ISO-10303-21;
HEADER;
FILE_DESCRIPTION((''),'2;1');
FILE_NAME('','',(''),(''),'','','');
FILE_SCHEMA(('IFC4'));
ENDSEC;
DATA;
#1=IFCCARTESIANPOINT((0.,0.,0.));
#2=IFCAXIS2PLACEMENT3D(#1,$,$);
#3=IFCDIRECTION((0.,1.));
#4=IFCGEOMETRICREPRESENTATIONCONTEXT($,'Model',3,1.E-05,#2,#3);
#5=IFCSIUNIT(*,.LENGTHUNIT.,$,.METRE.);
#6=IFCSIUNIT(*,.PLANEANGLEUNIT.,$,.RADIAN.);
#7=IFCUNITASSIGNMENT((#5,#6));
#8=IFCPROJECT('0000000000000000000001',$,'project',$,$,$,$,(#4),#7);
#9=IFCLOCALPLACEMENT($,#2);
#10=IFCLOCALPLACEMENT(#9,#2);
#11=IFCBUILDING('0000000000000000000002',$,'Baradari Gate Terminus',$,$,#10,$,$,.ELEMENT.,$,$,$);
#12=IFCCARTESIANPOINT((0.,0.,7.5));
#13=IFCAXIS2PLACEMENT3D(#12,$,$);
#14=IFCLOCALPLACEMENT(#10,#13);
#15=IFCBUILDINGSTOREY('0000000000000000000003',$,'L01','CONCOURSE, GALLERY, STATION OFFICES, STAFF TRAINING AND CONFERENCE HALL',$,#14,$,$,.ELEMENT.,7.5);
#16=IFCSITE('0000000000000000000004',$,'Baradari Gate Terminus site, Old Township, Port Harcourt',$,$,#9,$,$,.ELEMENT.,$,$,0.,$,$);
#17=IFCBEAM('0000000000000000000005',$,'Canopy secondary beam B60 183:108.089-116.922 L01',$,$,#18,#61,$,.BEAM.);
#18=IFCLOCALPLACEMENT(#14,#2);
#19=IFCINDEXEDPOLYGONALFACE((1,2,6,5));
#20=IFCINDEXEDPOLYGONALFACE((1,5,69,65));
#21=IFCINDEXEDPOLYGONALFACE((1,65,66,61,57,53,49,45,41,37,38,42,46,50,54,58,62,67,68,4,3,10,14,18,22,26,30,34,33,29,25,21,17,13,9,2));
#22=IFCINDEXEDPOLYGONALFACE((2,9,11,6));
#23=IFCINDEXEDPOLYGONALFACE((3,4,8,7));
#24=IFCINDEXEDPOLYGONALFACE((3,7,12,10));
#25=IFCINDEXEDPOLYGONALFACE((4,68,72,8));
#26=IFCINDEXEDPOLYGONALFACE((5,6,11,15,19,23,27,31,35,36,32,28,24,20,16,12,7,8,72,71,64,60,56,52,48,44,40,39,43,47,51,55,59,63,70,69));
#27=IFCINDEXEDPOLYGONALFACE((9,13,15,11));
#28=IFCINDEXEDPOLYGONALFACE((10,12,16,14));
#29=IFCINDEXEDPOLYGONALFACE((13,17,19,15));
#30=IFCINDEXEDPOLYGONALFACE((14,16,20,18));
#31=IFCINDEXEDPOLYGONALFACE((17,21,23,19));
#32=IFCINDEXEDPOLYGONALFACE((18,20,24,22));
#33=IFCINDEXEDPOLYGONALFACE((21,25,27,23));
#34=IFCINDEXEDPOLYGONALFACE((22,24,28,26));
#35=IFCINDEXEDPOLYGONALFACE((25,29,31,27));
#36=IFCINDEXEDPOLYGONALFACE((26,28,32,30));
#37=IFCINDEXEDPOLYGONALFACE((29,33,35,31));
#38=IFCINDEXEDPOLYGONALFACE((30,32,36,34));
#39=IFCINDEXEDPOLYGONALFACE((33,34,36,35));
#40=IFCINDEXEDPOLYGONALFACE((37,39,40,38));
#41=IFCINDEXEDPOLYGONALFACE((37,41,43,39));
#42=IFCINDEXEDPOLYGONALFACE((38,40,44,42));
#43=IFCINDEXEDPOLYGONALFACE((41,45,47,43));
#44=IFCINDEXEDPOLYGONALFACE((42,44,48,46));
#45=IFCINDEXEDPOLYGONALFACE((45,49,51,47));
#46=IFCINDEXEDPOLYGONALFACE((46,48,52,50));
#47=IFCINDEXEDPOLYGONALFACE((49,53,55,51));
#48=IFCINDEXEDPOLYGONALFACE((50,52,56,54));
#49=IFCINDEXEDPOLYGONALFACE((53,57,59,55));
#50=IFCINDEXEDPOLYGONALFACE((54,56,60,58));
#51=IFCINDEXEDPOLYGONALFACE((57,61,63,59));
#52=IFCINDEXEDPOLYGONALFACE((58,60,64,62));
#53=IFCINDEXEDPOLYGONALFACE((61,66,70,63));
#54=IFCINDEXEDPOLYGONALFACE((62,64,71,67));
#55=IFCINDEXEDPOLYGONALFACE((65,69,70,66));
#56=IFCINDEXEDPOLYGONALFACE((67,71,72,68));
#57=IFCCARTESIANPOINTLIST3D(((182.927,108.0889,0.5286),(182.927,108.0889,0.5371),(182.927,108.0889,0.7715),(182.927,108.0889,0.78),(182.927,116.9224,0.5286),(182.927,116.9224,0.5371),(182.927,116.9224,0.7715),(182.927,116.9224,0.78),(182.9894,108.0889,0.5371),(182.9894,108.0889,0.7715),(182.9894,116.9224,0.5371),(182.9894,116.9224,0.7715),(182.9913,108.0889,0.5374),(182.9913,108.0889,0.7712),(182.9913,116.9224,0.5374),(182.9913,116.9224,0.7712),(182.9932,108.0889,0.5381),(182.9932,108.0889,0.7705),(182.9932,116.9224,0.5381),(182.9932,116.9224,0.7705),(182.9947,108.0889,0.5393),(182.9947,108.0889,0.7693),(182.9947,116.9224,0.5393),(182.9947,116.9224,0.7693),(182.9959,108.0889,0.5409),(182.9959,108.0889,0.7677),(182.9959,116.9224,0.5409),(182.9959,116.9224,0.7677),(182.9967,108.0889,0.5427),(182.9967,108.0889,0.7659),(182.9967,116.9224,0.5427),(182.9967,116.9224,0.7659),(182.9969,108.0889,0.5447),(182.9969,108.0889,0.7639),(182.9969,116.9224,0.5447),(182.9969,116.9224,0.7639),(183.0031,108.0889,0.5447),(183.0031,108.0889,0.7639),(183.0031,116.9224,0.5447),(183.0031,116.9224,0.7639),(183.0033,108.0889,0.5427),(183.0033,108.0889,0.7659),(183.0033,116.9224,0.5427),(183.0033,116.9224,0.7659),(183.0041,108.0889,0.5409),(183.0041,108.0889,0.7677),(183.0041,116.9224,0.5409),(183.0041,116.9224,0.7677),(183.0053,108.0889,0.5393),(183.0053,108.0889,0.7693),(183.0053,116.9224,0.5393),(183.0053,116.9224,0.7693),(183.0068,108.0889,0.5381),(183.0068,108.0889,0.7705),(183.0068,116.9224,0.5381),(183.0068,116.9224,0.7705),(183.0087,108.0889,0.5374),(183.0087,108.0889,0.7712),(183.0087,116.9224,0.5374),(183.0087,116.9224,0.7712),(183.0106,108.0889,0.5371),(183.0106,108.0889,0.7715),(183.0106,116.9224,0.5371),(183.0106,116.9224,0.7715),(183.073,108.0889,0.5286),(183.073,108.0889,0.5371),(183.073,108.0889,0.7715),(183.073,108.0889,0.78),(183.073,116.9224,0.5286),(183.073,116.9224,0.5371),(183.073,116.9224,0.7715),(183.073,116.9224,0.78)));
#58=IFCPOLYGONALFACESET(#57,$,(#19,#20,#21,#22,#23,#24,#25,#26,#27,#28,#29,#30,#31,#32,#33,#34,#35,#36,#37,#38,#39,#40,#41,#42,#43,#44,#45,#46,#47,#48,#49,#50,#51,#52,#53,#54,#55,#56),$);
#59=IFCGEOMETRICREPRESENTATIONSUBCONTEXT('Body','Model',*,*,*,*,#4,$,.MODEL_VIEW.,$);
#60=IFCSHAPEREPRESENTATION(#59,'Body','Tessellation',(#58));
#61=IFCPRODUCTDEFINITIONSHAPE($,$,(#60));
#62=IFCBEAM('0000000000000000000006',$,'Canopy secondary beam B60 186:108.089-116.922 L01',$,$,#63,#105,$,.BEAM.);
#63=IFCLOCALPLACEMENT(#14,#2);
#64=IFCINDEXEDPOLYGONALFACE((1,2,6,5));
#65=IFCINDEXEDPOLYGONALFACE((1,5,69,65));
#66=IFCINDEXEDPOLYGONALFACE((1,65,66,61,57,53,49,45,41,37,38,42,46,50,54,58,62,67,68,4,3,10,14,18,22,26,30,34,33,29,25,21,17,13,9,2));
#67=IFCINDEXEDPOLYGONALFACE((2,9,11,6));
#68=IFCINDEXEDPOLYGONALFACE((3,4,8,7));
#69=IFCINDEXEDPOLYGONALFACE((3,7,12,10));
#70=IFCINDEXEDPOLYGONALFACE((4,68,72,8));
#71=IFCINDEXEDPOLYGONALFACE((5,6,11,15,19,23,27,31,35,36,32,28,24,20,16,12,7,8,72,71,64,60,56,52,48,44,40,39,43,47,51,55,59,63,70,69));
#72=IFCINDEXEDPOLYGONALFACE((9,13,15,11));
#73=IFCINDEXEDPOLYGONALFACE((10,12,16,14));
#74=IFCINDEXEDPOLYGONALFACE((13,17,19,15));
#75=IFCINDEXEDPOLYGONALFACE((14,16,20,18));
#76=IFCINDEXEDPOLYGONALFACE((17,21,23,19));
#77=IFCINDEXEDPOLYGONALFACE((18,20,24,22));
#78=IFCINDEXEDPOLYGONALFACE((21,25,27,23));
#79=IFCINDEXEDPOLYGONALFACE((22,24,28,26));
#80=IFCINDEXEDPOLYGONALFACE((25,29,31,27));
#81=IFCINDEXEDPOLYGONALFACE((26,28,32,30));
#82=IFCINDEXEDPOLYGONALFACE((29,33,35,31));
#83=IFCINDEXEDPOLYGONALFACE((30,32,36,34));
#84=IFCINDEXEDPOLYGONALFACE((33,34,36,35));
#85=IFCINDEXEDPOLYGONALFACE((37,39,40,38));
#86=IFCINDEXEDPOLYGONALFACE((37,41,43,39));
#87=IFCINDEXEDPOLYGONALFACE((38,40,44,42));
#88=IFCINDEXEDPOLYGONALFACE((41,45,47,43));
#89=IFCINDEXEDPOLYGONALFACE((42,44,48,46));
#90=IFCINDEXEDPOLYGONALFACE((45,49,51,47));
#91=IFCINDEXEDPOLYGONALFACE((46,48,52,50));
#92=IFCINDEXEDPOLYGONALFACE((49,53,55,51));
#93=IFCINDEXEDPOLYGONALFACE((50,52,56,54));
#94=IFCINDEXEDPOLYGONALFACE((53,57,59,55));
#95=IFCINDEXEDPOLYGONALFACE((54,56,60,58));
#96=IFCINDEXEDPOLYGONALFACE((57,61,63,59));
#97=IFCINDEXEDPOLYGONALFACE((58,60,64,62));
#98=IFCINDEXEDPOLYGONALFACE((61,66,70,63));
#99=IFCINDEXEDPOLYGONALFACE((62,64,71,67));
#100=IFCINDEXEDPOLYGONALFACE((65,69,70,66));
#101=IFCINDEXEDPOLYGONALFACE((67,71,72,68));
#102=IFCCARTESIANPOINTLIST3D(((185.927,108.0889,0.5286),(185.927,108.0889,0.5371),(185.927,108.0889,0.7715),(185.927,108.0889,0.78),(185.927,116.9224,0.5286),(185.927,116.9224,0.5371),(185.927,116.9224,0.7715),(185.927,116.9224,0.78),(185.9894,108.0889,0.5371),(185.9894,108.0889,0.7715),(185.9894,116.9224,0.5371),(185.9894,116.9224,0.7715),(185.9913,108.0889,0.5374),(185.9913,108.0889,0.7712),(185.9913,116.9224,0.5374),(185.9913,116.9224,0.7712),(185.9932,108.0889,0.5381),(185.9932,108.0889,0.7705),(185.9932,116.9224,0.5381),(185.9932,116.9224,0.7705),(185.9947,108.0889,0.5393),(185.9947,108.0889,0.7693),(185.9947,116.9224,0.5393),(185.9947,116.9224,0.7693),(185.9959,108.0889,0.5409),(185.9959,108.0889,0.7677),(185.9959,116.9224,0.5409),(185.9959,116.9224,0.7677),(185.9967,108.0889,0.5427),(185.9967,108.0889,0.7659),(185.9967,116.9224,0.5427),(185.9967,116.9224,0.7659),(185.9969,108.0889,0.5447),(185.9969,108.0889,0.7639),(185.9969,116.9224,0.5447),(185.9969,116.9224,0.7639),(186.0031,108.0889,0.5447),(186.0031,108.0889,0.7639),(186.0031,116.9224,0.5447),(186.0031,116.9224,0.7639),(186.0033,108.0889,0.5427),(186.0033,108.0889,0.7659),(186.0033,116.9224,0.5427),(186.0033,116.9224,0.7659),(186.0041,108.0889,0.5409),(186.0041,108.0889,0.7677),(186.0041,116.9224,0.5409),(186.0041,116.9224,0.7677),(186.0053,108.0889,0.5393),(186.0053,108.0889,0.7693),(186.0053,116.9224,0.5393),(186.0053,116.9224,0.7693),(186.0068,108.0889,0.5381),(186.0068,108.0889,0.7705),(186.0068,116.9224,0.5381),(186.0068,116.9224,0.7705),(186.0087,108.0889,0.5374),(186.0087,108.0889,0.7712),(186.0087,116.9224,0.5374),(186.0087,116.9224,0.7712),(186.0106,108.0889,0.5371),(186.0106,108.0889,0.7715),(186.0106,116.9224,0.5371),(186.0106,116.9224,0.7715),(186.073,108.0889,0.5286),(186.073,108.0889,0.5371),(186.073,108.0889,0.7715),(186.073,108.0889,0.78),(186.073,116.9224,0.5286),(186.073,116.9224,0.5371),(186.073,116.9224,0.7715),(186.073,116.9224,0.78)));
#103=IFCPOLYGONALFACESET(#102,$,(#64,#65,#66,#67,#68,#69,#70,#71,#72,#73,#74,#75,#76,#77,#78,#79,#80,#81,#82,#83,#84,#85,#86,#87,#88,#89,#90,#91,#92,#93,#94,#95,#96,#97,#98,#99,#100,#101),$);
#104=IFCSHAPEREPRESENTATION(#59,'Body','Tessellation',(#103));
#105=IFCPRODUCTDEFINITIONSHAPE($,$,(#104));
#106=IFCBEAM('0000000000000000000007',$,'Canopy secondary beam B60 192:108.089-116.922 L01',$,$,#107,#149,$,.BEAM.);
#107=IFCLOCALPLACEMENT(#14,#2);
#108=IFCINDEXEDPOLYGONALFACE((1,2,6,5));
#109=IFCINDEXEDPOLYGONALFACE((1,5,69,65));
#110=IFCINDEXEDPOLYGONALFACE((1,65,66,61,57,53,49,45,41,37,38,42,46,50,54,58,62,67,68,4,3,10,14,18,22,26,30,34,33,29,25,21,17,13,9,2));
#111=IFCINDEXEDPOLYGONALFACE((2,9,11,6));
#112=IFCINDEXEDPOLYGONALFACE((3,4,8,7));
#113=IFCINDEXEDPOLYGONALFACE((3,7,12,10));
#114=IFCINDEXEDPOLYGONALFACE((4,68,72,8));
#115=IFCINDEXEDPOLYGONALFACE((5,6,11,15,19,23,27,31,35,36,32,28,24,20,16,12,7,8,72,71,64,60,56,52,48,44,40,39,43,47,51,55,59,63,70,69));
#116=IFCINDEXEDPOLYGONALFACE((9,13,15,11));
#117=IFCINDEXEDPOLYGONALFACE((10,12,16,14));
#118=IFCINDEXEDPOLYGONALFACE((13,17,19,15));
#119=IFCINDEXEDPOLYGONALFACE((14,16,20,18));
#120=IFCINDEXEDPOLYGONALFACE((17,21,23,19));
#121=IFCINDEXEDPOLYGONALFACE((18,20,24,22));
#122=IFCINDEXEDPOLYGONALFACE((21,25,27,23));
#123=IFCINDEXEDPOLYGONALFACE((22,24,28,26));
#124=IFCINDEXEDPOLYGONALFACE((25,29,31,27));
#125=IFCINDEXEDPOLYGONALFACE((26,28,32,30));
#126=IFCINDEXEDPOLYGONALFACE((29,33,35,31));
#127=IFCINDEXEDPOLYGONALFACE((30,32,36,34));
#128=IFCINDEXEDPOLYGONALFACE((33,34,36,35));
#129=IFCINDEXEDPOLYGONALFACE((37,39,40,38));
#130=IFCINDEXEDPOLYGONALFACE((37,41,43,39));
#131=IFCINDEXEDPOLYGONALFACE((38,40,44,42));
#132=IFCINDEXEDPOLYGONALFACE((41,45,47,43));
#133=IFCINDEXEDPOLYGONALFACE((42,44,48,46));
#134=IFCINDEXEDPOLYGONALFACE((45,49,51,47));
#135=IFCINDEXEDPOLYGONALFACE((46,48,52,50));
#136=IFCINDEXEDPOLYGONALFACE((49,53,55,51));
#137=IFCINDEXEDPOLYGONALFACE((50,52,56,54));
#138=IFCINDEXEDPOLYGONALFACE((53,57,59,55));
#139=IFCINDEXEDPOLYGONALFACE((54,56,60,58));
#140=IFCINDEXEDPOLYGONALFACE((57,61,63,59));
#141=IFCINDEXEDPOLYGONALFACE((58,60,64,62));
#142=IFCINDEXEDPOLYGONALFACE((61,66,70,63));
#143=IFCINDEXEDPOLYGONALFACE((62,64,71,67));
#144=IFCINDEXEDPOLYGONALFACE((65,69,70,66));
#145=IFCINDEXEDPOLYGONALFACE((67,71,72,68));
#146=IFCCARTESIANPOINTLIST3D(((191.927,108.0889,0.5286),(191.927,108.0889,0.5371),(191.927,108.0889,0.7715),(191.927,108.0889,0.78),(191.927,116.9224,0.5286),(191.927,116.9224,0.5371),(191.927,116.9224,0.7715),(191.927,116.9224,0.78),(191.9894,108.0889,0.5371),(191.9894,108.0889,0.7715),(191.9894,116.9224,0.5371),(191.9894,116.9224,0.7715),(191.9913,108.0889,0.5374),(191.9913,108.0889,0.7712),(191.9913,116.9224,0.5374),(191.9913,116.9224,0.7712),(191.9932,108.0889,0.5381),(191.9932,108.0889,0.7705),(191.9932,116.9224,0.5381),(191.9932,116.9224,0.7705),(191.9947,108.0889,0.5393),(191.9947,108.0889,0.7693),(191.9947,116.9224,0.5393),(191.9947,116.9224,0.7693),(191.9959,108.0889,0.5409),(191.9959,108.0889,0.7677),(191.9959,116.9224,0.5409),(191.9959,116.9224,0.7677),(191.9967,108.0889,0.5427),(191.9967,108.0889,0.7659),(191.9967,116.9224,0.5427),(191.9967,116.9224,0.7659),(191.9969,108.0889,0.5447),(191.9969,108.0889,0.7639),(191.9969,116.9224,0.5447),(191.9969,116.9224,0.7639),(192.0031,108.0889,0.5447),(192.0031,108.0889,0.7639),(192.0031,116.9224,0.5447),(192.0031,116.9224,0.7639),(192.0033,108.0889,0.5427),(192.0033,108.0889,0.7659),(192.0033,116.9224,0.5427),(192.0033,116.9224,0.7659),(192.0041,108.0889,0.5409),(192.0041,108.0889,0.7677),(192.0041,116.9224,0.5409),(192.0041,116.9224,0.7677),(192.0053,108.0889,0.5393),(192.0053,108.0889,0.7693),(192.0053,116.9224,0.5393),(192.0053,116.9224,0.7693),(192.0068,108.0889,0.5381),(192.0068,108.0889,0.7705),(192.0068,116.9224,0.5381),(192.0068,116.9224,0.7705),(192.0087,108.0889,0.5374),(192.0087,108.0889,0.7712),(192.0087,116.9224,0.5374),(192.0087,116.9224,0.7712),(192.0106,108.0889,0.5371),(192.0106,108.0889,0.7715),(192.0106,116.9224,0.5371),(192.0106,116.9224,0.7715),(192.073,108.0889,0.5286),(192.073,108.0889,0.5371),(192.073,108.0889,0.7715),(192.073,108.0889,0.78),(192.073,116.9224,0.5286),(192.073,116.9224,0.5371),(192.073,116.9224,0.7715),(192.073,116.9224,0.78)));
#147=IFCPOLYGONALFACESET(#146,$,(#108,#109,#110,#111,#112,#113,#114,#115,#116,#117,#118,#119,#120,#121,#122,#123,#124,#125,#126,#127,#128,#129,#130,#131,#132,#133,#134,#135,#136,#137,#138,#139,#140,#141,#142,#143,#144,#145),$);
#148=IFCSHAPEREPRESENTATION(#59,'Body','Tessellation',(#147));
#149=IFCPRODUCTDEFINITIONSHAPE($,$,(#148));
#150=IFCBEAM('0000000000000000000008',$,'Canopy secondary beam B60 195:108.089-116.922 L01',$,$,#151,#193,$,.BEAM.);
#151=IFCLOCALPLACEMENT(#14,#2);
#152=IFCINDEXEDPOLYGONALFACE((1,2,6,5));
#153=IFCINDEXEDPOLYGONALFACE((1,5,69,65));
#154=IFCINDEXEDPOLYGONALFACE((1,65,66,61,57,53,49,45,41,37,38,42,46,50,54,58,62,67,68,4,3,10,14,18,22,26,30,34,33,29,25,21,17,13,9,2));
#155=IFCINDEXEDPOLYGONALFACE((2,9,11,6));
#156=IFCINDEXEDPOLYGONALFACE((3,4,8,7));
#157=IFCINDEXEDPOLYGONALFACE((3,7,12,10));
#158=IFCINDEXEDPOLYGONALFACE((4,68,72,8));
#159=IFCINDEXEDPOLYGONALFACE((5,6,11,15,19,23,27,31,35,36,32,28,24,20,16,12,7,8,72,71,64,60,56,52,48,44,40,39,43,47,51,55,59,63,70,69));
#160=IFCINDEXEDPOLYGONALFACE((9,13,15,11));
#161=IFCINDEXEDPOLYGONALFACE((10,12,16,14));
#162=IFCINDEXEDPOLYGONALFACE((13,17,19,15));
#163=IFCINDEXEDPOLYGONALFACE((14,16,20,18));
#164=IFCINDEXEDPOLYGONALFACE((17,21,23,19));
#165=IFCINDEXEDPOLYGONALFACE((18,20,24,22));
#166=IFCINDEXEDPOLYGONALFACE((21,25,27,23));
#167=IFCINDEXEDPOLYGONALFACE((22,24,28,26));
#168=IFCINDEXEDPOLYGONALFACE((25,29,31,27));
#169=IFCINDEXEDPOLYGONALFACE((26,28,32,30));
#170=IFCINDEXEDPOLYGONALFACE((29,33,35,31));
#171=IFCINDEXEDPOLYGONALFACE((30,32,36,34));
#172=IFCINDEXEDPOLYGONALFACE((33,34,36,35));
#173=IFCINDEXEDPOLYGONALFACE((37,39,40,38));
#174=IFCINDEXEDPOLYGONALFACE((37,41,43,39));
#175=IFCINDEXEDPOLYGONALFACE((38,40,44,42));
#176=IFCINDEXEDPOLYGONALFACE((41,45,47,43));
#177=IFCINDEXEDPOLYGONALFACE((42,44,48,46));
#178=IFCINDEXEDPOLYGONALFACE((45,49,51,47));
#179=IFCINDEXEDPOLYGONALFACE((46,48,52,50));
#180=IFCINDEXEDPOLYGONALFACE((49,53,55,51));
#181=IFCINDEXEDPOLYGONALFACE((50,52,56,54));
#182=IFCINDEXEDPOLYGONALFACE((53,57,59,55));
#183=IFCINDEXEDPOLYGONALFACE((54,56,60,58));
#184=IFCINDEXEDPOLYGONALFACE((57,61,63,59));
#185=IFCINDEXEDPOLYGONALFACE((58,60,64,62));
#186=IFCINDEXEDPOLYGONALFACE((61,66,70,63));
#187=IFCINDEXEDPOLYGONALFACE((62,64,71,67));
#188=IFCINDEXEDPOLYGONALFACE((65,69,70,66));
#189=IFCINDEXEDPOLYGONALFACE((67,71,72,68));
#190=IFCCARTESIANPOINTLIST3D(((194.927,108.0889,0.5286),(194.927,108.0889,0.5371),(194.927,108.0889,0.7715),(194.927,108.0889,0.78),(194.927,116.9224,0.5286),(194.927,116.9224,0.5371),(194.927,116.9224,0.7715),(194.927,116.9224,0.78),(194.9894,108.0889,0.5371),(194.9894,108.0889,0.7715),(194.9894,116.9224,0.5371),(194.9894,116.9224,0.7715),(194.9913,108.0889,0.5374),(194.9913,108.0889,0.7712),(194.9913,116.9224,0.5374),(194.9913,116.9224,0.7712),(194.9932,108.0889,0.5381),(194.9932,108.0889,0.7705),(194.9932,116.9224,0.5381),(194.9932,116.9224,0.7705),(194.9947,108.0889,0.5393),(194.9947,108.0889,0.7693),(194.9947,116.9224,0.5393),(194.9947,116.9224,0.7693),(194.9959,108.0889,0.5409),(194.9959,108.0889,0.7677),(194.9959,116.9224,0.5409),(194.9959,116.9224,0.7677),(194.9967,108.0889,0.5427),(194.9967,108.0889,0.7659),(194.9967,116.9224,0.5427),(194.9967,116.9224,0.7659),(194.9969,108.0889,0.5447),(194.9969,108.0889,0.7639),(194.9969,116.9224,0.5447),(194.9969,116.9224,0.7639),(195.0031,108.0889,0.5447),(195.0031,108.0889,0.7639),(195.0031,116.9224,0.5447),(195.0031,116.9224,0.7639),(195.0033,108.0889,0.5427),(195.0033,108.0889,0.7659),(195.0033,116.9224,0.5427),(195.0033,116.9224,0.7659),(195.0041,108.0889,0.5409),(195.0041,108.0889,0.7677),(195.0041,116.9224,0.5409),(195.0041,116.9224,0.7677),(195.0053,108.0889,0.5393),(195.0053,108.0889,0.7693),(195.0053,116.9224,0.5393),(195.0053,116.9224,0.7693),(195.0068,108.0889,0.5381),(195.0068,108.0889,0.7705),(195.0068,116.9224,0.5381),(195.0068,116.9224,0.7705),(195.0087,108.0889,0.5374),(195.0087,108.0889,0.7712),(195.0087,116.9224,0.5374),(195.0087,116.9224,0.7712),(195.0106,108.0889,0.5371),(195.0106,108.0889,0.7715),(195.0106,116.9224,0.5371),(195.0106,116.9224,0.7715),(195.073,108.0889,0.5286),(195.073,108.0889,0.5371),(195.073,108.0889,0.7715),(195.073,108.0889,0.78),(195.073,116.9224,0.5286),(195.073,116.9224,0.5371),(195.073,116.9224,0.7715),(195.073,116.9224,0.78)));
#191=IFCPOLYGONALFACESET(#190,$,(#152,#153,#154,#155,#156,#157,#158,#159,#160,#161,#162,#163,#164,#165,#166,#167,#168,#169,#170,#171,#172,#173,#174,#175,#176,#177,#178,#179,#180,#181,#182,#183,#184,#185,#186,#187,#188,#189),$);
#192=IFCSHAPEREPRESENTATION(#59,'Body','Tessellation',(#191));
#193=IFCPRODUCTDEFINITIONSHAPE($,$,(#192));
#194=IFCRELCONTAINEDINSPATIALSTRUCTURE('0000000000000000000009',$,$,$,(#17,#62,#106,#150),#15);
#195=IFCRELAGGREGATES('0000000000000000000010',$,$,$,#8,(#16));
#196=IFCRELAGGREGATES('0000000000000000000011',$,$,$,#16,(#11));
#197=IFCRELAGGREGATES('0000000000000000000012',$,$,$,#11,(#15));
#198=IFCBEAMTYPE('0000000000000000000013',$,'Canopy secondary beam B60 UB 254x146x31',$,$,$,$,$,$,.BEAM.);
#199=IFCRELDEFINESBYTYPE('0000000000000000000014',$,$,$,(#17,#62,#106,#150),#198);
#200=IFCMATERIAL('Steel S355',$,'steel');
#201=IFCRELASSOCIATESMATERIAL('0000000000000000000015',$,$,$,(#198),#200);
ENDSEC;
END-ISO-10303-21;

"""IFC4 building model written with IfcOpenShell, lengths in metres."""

from ifc_helpers import new_model, si_unit, direction, frame, origin, origin_2d, place, context, subcontext, project, spatial, i_section, extrude, material, material_profile, profile_set, type_object, element, save


model = new_model("IFC4")

# Units and contexts
model_context = context("Model", 3, precision=1e-05, world=origin(), true_north=direction((0.0, 1.0)))
body_context = subcontext(model_context, "Body", "Model", "MODEL_VIEW")
ifc_project = project(units=[si_unit("LENGTHUNIT", "METRE"), si_unit("PLANEANGLEUNIT", "RADIAN")], contexts=[model_context])

# Site, building, storey
site_placement = place(None, origin())
site = spatial("IfcSite", under=ifc_project, at=site_placement, Name="Baradari Gate Terminus site, Old Township, Port Harcourt", CompositionType="ELEMENT", RefElevation=0.0)
building_placement = place(site_placement, origin())
building = spatial("IfcBuilding", under=site, at=building_placement, Name="Baradari Gate Terminus", CompositionType="ELEMENT")
storey_placement = place(building_placement, frame((0.0, 0.0, 7.5)))
storey = spatial("IfcBuildingStorey", under=building, at=storey_placement, Name="L01", Description="CONCOURSE, GALLERY, STATION OFFICES, STAFF TRAINING AND CONFERENCE HALL", CompositionType="ELEMENT", Elevation=7.5)

# Beams
ifc_material_1 = material(Name="Steel S355", Category="steel")
ifc_material_profile_1 = material_profile(ifc_material_1, i_section(OverallWidth=0.146, OverallDepth=0.2515, WebThickness=0.0061, FlangeThickness=0.0085, FilletRadius=0.0076, at=origin_2d()), Name="UB 254x146x31")
ifc_profile_set_1 = profile_set([ifc_material_profile_1], Name="Steel S355")
beam_type_1 = type_object("IfcBeamType", Name="Canopy secondary beam B60 UB 254x146x31", PredefinedType="BEAM", material=ifc_profile_set_1)
for number, where, z_axis, x_axis, name in (
    (1, (183.0, 108.0889, 0.6543), (0.0, 1.0, 0.0), (-1.0, 0.0, 0.0), "Canopy secondary beam B60 183:108.089-116.922 L01"),
    (2, (186.0, 108.0889, 0.6543), (0.0, 1.0, 0.0), (-1.0, 0.0, 0.0), "Canopy secondary beam B60 186:108.089-116.922 L01"),
    (3, (192.0, 108.0889, 0.6543), (0.0, 1.0, 0.0), (-1.0, 0.0, 0.0), "Canopy secondary beam B60 192:108.089-116.922 L01"),
    (4, (195.0, 108.0889, 0.6543), (0.0, 1.0, 0.0), (-1.0, 0.0, 0.0), "Canopy secondary beam B60 195:108.089-116.922 L01"),
):
    element("IfcBeam", number, at=place(storey_placement, frame(where, z_axis=z_axis, x_axis=x_axis)), inside=storey, type_object=beam_type_1, Name=name, PredefinedType="BEAM", context=body_context, shape_type="SweptSolid", body=[
        extrude(i_section(OverallWidth=0.146, OverallDepth=0.2515, WebThickness=0.0061, FlangeThickness=0.0085, FilletRadius=0.0076, at=origin_2d()), origin(), (0.0, 0.0, 1.0), 8.8335),
    ])

save(model, "model.ifc")
